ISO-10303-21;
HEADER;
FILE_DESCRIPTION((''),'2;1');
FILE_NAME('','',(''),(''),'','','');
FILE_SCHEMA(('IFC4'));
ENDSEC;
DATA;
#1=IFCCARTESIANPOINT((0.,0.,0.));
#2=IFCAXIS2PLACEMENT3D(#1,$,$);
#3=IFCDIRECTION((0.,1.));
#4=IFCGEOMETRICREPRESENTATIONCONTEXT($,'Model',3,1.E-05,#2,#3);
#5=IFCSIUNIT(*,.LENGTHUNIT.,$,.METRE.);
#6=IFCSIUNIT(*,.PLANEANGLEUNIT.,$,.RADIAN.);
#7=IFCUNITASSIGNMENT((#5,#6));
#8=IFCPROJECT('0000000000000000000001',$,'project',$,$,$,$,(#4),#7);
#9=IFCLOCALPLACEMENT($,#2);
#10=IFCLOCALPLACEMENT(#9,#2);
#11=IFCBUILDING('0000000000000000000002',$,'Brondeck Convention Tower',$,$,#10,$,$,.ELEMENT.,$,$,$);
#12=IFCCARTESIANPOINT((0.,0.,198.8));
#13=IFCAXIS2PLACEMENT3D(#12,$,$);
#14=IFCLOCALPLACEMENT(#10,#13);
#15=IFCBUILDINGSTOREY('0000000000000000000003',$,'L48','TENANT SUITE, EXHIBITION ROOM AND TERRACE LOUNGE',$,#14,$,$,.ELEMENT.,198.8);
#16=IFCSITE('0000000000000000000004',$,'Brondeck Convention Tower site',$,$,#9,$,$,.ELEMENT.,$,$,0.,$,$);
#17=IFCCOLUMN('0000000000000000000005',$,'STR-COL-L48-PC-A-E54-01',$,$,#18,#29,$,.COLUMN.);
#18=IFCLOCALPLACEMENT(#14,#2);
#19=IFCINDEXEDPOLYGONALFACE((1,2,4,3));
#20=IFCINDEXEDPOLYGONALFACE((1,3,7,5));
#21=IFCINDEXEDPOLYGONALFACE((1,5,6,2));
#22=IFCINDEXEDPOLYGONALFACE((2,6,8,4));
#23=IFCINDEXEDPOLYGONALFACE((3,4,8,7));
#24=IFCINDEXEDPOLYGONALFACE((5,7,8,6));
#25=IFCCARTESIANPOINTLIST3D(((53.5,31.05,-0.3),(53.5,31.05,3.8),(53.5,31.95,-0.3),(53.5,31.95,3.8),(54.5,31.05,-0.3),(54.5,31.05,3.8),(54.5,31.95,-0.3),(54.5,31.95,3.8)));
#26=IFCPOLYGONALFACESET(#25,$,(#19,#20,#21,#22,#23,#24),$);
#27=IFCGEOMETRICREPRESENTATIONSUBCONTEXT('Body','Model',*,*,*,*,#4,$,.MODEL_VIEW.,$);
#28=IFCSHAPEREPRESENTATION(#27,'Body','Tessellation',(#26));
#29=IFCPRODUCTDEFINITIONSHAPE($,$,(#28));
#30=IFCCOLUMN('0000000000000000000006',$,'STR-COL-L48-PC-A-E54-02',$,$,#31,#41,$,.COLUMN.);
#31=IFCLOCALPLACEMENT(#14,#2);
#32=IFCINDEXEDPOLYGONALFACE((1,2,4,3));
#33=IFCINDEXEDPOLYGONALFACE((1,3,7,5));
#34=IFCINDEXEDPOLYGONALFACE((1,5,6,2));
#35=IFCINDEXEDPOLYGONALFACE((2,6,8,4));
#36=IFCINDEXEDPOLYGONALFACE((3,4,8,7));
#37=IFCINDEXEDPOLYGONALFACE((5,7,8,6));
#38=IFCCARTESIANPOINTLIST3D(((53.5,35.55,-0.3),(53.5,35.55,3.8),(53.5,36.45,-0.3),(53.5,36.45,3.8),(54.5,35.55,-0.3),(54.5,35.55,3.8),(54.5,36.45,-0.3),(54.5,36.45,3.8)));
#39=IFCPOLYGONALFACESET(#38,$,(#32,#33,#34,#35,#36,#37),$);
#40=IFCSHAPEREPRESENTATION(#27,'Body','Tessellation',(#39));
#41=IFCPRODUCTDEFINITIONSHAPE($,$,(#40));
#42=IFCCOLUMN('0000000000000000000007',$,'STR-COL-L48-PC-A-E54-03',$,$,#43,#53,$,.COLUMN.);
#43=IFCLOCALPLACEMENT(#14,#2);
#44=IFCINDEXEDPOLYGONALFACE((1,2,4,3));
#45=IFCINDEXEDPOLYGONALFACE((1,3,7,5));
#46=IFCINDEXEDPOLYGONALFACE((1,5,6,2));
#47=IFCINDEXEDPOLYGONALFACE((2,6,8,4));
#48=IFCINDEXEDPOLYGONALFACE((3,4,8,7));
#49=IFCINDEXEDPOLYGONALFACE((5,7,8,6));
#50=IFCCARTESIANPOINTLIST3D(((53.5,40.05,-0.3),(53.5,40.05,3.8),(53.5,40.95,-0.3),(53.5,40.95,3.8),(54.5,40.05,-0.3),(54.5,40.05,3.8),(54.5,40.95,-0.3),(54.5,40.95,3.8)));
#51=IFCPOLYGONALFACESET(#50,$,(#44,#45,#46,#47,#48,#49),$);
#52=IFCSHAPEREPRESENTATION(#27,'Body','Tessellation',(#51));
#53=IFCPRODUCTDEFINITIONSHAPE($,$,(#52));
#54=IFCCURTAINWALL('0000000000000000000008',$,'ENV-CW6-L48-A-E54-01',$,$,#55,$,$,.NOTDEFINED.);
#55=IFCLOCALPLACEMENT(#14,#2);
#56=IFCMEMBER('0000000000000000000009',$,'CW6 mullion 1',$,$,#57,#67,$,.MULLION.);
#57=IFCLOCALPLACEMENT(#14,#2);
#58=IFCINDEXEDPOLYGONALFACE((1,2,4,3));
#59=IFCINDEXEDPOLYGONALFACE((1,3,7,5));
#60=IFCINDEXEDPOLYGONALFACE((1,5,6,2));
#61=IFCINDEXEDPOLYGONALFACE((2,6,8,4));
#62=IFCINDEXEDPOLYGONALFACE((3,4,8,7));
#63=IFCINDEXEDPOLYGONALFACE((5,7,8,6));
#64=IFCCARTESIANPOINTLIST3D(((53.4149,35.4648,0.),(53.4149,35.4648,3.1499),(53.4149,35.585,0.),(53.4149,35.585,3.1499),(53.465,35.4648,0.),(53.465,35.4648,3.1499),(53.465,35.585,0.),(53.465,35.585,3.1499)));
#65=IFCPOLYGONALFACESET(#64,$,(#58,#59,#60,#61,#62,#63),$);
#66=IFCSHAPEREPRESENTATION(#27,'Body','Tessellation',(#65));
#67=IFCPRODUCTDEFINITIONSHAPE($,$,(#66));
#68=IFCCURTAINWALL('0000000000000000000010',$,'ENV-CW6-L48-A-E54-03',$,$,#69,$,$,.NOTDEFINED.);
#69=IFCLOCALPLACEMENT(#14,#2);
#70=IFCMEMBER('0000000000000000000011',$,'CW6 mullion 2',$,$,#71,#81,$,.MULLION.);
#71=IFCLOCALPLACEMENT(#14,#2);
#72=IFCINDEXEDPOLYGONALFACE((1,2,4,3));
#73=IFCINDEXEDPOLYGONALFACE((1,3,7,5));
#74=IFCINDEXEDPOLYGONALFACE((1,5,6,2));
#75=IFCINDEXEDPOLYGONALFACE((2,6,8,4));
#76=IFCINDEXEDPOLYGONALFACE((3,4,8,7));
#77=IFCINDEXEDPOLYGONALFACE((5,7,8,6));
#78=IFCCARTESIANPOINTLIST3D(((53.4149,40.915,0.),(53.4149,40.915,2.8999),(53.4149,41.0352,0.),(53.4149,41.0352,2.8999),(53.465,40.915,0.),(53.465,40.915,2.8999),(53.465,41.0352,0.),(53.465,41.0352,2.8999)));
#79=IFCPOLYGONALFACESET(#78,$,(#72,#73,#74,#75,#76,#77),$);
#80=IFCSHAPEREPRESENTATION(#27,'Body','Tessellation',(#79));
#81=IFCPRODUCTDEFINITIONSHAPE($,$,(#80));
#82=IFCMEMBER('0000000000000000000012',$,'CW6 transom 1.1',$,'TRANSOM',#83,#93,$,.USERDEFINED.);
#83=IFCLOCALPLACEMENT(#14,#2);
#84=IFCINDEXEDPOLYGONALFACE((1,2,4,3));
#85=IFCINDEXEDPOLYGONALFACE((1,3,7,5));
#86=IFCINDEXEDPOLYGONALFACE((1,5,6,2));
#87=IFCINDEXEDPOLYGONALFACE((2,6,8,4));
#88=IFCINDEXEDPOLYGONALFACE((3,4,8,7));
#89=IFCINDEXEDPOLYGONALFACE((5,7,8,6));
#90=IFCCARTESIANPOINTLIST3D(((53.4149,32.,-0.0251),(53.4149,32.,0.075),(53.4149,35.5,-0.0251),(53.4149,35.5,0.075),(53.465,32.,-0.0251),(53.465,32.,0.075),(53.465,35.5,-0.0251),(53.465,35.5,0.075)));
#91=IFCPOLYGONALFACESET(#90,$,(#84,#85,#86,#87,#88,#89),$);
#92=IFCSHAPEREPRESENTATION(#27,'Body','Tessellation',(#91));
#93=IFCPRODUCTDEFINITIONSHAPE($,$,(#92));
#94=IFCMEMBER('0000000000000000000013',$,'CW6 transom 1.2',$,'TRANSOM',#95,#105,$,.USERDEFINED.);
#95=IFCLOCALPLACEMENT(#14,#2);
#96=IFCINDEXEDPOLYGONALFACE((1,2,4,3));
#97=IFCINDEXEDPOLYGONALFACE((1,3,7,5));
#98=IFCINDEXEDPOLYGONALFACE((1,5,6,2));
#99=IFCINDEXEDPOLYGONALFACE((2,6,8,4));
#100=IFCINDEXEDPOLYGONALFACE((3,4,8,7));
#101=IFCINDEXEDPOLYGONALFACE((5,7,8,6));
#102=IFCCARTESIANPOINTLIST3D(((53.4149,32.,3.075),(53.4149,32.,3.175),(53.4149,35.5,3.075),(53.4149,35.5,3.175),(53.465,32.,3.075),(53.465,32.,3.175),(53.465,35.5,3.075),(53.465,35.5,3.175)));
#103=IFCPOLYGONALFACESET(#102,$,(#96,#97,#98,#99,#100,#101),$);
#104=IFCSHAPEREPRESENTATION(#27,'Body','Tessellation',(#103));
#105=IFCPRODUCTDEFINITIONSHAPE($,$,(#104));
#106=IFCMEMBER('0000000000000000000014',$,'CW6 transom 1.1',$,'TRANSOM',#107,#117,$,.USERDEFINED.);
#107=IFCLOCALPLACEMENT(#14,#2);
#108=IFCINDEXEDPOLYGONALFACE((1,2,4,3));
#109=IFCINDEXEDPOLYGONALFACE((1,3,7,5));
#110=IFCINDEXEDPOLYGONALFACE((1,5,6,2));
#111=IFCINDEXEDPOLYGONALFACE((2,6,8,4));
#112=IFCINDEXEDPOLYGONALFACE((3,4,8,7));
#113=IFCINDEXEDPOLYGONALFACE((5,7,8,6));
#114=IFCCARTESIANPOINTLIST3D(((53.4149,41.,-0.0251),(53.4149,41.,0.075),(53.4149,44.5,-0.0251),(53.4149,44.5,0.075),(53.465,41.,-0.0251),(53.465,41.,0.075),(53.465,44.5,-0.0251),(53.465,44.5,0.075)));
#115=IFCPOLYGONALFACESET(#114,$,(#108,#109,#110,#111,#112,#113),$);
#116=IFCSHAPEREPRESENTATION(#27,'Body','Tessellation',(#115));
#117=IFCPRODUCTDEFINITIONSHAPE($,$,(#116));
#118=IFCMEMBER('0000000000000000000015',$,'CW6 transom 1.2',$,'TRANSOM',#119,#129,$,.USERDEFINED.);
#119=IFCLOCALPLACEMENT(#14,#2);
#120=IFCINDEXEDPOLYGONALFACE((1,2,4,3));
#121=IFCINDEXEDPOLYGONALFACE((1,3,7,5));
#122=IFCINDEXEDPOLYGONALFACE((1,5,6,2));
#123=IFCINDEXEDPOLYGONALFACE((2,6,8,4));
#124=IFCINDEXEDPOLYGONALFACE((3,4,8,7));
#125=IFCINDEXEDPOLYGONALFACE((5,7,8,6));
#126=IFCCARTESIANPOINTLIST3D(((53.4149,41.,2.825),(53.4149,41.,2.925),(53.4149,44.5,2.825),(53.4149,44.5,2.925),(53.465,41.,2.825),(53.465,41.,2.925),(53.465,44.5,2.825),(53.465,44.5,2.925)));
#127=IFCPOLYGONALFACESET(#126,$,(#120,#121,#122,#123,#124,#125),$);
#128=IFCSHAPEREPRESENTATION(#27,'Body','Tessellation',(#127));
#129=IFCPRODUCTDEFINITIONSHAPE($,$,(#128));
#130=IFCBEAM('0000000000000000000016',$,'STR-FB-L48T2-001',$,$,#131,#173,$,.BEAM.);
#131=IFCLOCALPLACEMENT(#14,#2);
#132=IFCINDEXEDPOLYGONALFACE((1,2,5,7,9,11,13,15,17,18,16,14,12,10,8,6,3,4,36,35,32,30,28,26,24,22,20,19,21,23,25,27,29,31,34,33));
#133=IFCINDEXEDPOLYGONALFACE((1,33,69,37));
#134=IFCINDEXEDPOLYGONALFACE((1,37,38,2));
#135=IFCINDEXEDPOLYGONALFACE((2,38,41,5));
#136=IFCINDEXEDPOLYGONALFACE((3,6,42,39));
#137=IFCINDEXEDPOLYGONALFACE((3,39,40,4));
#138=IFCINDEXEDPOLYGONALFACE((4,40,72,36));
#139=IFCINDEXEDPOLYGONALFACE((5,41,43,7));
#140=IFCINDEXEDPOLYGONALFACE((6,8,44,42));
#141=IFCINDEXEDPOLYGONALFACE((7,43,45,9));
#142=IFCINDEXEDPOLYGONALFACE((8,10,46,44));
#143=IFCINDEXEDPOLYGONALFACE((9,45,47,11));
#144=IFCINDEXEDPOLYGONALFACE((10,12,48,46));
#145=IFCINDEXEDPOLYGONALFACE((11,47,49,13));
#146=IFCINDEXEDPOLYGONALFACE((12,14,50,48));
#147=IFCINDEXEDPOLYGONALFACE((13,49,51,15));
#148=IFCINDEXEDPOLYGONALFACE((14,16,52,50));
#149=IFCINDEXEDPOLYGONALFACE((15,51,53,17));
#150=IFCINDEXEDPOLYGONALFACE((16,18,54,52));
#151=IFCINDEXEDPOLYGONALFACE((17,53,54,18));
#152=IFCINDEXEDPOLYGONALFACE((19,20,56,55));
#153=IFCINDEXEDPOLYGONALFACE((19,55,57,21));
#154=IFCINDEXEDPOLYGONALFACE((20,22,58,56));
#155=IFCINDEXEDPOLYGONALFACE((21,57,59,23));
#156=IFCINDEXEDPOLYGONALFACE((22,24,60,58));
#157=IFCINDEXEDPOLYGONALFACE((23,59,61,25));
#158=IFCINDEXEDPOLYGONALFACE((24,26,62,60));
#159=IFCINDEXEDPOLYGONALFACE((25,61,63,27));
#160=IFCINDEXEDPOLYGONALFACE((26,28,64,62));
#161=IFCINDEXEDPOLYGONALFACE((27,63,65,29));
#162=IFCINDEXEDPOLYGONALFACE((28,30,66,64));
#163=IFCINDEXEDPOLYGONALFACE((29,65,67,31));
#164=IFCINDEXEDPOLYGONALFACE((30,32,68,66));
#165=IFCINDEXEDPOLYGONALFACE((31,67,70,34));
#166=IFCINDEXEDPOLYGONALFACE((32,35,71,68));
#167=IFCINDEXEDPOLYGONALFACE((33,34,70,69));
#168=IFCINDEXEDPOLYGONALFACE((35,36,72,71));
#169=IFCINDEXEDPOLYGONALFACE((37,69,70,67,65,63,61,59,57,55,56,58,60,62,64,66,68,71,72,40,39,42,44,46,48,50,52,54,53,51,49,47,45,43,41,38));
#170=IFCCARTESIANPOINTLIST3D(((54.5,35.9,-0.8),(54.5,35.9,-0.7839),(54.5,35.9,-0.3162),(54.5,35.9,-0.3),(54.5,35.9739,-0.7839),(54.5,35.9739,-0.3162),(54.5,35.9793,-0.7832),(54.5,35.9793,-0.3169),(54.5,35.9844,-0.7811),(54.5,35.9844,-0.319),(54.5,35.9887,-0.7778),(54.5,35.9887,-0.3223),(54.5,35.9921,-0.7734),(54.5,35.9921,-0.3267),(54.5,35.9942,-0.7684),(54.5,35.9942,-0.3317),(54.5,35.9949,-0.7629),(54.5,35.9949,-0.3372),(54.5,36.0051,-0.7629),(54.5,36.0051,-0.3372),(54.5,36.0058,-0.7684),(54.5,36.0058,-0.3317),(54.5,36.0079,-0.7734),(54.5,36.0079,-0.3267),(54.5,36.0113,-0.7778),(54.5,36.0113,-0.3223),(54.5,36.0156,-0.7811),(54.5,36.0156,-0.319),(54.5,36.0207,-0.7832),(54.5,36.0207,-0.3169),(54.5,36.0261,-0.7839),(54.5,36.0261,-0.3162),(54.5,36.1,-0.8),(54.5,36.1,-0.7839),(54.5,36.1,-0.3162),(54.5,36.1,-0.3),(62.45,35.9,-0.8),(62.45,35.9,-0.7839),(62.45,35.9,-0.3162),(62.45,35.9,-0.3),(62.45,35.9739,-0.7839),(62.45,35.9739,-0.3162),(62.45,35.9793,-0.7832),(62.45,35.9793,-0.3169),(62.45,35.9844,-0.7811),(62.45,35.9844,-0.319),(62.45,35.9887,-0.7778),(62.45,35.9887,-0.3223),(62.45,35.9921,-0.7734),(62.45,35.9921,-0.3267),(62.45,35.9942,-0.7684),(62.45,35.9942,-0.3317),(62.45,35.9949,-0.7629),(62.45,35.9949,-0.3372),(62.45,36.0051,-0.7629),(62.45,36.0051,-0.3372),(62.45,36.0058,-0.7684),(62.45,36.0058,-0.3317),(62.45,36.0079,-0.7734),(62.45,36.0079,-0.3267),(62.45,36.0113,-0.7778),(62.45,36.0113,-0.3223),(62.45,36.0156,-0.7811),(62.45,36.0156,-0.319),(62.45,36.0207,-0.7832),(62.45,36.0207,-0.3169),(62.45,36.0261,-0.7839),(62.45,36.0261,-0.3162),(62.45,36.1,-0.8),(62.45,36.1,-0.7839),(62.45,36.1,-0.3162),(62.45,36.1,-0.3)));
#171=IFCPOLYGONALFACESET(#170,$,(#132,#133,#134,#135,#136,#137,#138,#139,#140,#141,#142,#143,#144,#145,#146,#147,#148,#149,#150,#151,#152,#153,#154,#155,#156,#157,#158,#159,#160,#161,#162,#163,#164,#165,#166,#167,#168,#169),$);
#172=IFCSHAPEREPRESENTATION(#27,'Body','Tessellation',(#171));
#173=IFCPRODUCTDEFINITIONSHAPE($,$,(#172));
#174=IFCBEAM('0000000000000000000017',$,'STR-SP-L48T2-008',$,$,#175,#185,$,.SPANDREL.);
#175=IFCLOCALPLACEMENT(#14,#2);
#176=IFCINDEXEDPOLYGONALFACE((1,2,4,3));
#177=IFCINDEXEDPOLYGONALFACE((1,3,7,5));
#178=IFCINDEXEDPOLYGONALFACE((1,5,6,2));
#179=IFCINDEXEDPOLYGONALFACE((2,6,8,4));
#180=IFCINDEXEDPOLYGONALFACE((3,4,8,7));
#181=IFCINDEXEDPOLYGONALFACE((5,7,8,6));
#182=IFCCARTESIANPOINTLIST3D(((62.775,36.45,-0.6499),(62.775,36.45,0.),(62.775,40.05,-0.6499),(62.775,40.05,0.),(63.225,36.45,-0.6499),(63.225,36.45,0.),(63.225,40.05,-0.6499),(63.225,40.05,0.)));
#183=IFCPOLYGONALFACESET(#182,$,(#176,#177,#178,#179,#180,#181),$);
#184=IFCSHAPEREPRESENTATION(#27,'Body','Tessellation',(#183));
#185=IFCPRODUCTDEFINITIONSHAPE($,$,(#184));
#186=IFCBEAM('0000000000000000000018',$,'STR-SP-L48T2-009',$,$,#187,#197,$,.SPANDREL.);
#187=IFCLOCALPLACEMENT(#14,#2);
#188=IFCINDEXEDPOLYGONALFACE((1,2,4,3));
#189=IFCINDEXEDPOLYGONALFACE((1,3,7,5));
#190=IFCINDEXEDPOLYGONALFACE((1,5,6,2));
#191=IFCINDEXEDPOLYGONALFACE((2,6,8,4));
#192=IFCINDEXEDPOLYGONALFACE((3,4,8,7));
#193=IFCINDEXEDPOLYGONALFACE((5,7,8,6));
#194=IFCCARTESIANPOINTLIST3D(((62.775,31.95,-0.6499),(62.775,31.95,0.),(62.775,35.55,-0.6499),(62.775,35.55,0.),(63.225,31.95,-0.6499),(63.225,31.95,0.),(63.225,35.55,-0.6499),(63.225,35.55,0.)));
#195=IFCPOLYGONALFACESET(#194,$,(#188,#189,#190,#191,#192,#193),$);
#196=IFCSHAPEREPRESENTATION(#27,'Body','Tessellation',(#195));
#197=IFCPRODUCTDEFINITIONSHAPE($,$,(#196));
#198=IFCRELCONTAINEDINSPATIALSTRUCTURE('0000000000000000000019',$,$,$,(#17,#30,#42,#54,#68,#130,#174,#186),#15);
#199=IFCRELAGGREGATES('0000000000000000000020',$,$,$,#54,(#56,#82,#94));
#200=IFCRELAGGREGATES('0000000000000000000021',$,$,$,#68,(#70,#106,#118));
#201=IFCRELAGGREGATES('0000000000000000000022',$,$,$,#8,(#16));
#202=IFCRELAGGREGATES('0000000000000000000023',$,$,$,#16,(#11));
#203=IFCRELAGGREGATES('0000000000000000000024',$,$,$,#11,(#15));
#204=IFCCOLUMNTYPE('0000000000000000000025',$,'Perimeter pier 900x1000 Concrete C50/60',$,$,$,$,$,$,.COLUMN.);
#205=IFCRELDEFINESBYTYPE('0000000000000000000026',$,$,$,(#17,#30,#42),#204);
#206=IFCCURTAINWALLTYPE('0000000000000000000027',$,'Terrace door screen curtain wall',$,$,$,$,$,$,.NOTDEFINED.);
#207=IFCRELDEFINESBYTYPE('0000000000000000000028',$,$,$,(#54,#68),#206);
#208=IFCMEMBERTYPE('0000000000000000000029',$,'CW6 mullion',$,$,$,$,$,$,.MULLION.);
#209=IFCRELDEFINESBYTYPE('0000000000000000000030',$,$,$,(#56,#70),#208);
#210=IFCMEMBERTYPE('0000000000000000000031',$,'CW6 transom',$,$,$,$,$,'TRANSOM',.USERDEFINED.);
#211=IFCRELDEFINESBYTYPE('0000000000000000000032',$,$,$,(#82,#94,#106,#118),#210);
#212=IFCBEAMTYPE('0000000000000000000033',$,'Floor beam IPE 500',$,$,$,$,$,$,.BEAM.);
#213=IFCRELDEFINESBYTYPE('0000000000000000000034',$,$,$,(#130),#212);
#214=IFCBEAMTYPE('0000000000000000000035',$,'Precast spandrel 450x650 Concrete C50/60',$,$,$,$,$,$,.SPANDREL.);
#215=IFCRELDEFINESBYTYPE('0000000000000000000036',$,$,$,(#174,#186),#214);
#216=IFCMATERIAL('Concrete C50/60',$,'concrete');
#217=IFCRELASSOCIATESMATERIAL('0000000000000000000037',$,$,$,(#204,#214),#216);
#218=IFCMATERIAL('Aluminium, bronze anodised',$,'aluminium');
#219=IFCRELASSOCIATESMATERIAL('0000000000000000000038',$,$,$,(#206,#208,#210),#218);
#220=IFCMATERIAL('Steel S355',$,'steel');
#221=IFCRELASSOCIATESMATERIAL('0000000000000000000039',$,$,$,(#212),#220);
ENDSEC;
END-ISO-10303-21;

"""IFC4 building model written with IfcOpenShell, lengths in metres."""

from ifc_helpers import new_model, si_unit, direction, frame, origin, origin_2d, place, context, subcontext, project, spatial, rectangle, i_section, extrude, material, material_profile, profile_set, type_object, element, aggregate, save


model = new_model("IFC4")

# Units and contexts
model_context = context("Model", 3, precision=1e-05, world=origin(), true_north=direction((0.0, 1.0)))
body_context = subcontext(model_context, "Body", "Model", "MODEL_VIEW")
ifc_project = project(units=[si_unit("LENGTHUNIT", "METRE"), si_unit("PLANEANGLEUNIT", "RADIAN")], contexts=[model_context])

# Site, building, storey
site_placement = place(None, origin())
site = spatial("IfcSite", under=ifc_project, at=site_placement, Name="Brondeck Convention Tower site", CompositionType="ELEMENT", RefElevation=0.0)
building_placement = place(site_placement, origin())
building = spatial("IfcBuilding", under=site, at=building_placement, Name="Brondeck Convention Tower", CompositionType="ELEMENT")
storey_placement = place(building_placement, frame((0.0, 0.0, 198.8)))
storey = spatial("IfcBuildingStorey", under=building, at=storey_placement, Name="L48", Description="TENANT SUITE, EXHIBITION ROOM AND TERRACE LOUNGE", CompositionType="ELEMENT", Elevation=198.8)

# Columns
ifc_material_1 = material(Name="Concrete C50/60", Category="concrete")
ifc_material_profile_1 = material_profile(ifc_material_1, rectangle(XDim=0.8999, YDim=1.0, at=origin_2d()), Name="Perimeter pier 900x1000 Concrete C50/60")
ifc_profile_set_1 = profile_set([ifc_material_profile_1], Name="Concrete C50/60")
column_type = type_object("IfcColumnType", Name="Perimeter pier 900x1000 Concrete C50/60", PredefinedType="COLUMN", material=ifc_profile_set_1)
for number, where, z_axis, x_axis, name in (
    (1, (54.0, 31.5, -0.3), (0.0, 0.0, 1.0), (0.0, 1.0, 0.0), "STR-COL-L48-PC-A-E54-01"),
    (2, (54.0, 36.0, -0.3), (0.0, 0.0, 1.0), (0.0, 1.0, 0.0), "STR-COL-L48-PC-A-E54-02"),
    (3, (54.0, 40.5, -0.3), (0.0, 0.0, 1.0), (0.0, 1.0, 0.0), "STR-COL-L48-PC-A-E54-03"),
):
    element("IfcColumn", number, at=place(storey_placement, frame(where, z_axis=z_axis, x_axis=x_axis)), inside=storey, type_object=column_type, Name=name, PredefinedType="COLUMN", context=body_context, shape_type="SweptSolid", body=[
        extrude(rectangle(XDim=0.8999, YDim=1.0, at=origin_2d()), origin(), (0.0, 0.0, 1.0), 4.1001),
    ])

# Curtain walls, members
ifc_material_2 = material(Name="Aluminium, bronze anodised", Category="aluminium")
curtain_wall_type = type_object("IfcCurtainWallType", Name="Terrace door screen curtain wall", PredefinedType="NOTDEFINED", material=ifc_material_2)
curtain_wall_1_placement = place(storey_placement, origin())
curtain_wall_1 = element("IfcCurtainWall", 4, at=curtain_wall_1_placement, inside=storey, type_object=curtain_wall_type, Name="ENV-CW6-L48-A-E54-01", PredefinedType="NOTDEFINED")
ifc_material_profile_2 = material_profile(ifc_material_2, rectangle(XDim=0.05, YDim=0.1201, at=origin_2d()), Name="CW6 mullion")
ifc_profile_set_2 = profile_set([ifc_material_profile_2], Name="Aluminium, bronze anodised")
member_type_1 = type_object("IfcMemberType", Name="CW6 mullion", PredefinedType="MULLION", material=ifc_profile_set_2)
member_1_placement = place(storey_placement, frame((53.4399, 35.5249, 0.0), z_axis=(0.0, 0.0, 1.0), x_axis=(1.0, 0.0, 0.0)))
member_1 = element("IfcMember", 5, at=member_1_placement, type_object=member_type_1, Name="CW6 mullion 1", PredefinedType="MULLION", context=body_context, shape_type="SweptSolid", body=[
    extrude(rectangle(XDim=0.05, YDim=0.1201, at=origin_2d()), origin(), (0.0, 0.0, 1.0), 3.1499),
])
curtain_wall_2_placement = place(storey_placement, origin())
curtain_wall_2 = element("IfcCurtainWall", 6, at=curtain_wall_2_placement, inside=storey, type_object=curtain_wall_type, Name="ENV-CW6-L48-A-E54-03", PredefinedType="NOTDEFINED")
member_2_placement = place(storey_placement, frame((53.4399, 40.9751, 0.0), z_axis=(0.0, 0.0, 1.0), x_axis=(1.0, 0.0, 0.0)))
member_2 = element("IfcMember", 7, at=member_2_placement, type_object=member_type_1, Name="CW6 mullion 2", PredefinedType="MULLION", context=body_context, shape_type="SweptSolid", body=[
    extrude(rectangle(XDim=0.05, YDim=0.1201, at=origin_2d()), origin(), (0.0, 0.0, 1.0), 2.8999),
])

# Members
ifc_material_profile_3 = material_profile(ifc_material_2, rectangle(XDim=0.05, YDim=0.1001, at=origin_2d()), Name="CW6 transom")
ifc_profile_set_3 = profile_set([ifc_material_profile_3], Name="Aluminium, bronze anodised")
member_type_2 = type_object("IfcMemberType", Name="CW6 transom", ElementType="TRANSOM", PredefinedType="USERDEFINED", material=ifc_profile_set_3)
member_3_placement = place(storey_placement, frame((53.4399, 35.5, 0.0249), z_axis=(0.0, -1.0, 0.0), x_axis=(1.0, 0.0, 0.0)))
member_3 = element("IfcMember", 8, at=member_3_placement, type_object=member_type_2, Name="CW6 transom 1.1", ObjectType="TRANSOM", PredefinedType="USERDEFINED", context=body_context, shape_type="SweptSolid", body=[
    extrude(rectangle(XDim=0.05, YDim=0.1001, at=origin_2d()), origin(), (0.0, 0.0, 1.0), 3.5),
])
member_4_placement = place(storey_placement, frame((53.4399, 35.5, 3.125), z_axis=(0.0, -1.0, 0.0), x_axis=(1.0, 0.0, 0.0)))
member_4 = element("IfcMember", 9, at=member_4_placement, type_object=member_type_2, Name="CW6 transom 1.2", ObjectType="TRANSOM", PredefinedType="USERDEFINED", context=body_context, shape_type="SweptSolid", body=[
    extrude(rectangle(XDim=0.05, YDim=0.1001, at=origin_2d()), origin(), (0.0, 0.0, 1.0), 3.5),
])
member_5_placement = place(storey_placement, frame((53.4399, 44.5, 0.0249), z_axis=(0.0, -1.0, 0.0), x_axis=(1.0, 0.0, 0.0)))
member_5 = element("IfcMember", 10, at=member_5_placement, type_object=member_type_2, Name="CW6 transom 1.1", ObjectType="TRANSOM", PredefinedType="USERDEFINED", context=body_context, shape_type="SweptSolid", body=[
    extrude(rectangle(XDim=0.05, YDim=0.1001, at=origin_2d()), origin(), (0.0, 0.0, 1.0), 3.5),
])
member_6_placement = place(storey_placement, frame((53.4399, 44.5, 2.875), z_axis=(0.0, -1.0, 0.0), x_axis=(1.0, 0.0, 0.0)))
member_6 = element("IfcMember", 11, at=member_6_placement, type_object=member_type_2, Name="CW6 transom 1.2", ObjectType="TRANSOM", PredefinedType="USERDEFINED", context=body_context, shape_type="SweptSolid", body=[
    extrude(rectangle(XDim=0.05, YDim=0.1001, at=origin_2d()), origin(), (0.0, 0.0, 1.0), 3.5),
])

# Beams
ifc_material_3 = material(Name="Steel S355", Category="steel")
ifc_material_profile_4 = material_profile(ifc_material_3, i_section(OverallWidth=0.2, OverallDepth=0.5, WebThickness=0.0103, FlangeThickness=0.0161, FilletRadius=0.021, at=origin_2d()), Name="IPE 500")
ifc_profile_set_4 = profile_set([ifc_material_profile_4], Name="Steel S355")
beam_type_1 = type_object("IfcBeamType", Name="Floor beam IPE 500", PredefinedType="BEAM", material=ifc_profile_set_4)
beam_1_placement = place(storey_placement, frame((54.5, 36.0, -0.55), z_axis=(1.0, 0.0, 0.0), x_axis=(0.0, 1.0, 0.0)))
element("IfcBeam", 12, at=beam_1_placement, inside=storey, type_object=beam_type_1, Name="STR-FB-L48T2-001", PredefinedType="BEAM", context=body_context, shape_type="SweptSolid", body=[
    extrude(i_section(OverallWidth=0.2, OverallDepth=0.5, WebThickness=0.0103, FlangeThickness=0.0161, FilletRadius=0.021, at=origin_2d()), origin(), (0.0, 0.0, 1.0), 7.95),
])
ifc_material_profile_5 = material_profile(ifc_material_1, rectangle(XDim=0.45, YDim=0.6499, at=origin_2d()), Name="Precast spandrel 450x650 Concrete C50/60")
ifc_profile_set_5 = profile_set([ifc_material_profile_5], Name="Concrete C50/60")
beam_type_2 = type_object("IfcBeamType", Name="Precast spandrel 450x650 Concrete C50/60", PredefinedType="SPANDREL", material=ifc_profile_set_5)
for number, where, z_axis, x_axis, name in (
    (13, (63.0, 40.05, -0.325), (0.0, -1.0, 0.0), (1.0, 0.0, 0.0), "STR-SP-L48T2-008"),
    (14, (63.0, 35.55, -0.325), (0.0, -1.0, 0.0), (1.0, 0.0, 0.0), "STR-SP-L48T2-009"),
):
    element("IfcBeam", number, at=place(storey_placement, frame(where, z_axis=z_axis, x_axis=x_axis)), inside=storey, type_object=beam_type_2, Name=name, PredefinedType="SPANDREL", context=body_context, shape_type="SweptSolid", body=[
        extrude(rectangle(XDim=0.45, YDim=0.6499, at=origin_2d()), origin(), (0.0, 0.0, 1.0), 3.6001),
    ])

aggregate(curtain_wall_1, [member_1, member_3, member_4])
aggregate(curtain_wall_2, [member_2, member_5, member_6])

save(model, "model.ifc")
